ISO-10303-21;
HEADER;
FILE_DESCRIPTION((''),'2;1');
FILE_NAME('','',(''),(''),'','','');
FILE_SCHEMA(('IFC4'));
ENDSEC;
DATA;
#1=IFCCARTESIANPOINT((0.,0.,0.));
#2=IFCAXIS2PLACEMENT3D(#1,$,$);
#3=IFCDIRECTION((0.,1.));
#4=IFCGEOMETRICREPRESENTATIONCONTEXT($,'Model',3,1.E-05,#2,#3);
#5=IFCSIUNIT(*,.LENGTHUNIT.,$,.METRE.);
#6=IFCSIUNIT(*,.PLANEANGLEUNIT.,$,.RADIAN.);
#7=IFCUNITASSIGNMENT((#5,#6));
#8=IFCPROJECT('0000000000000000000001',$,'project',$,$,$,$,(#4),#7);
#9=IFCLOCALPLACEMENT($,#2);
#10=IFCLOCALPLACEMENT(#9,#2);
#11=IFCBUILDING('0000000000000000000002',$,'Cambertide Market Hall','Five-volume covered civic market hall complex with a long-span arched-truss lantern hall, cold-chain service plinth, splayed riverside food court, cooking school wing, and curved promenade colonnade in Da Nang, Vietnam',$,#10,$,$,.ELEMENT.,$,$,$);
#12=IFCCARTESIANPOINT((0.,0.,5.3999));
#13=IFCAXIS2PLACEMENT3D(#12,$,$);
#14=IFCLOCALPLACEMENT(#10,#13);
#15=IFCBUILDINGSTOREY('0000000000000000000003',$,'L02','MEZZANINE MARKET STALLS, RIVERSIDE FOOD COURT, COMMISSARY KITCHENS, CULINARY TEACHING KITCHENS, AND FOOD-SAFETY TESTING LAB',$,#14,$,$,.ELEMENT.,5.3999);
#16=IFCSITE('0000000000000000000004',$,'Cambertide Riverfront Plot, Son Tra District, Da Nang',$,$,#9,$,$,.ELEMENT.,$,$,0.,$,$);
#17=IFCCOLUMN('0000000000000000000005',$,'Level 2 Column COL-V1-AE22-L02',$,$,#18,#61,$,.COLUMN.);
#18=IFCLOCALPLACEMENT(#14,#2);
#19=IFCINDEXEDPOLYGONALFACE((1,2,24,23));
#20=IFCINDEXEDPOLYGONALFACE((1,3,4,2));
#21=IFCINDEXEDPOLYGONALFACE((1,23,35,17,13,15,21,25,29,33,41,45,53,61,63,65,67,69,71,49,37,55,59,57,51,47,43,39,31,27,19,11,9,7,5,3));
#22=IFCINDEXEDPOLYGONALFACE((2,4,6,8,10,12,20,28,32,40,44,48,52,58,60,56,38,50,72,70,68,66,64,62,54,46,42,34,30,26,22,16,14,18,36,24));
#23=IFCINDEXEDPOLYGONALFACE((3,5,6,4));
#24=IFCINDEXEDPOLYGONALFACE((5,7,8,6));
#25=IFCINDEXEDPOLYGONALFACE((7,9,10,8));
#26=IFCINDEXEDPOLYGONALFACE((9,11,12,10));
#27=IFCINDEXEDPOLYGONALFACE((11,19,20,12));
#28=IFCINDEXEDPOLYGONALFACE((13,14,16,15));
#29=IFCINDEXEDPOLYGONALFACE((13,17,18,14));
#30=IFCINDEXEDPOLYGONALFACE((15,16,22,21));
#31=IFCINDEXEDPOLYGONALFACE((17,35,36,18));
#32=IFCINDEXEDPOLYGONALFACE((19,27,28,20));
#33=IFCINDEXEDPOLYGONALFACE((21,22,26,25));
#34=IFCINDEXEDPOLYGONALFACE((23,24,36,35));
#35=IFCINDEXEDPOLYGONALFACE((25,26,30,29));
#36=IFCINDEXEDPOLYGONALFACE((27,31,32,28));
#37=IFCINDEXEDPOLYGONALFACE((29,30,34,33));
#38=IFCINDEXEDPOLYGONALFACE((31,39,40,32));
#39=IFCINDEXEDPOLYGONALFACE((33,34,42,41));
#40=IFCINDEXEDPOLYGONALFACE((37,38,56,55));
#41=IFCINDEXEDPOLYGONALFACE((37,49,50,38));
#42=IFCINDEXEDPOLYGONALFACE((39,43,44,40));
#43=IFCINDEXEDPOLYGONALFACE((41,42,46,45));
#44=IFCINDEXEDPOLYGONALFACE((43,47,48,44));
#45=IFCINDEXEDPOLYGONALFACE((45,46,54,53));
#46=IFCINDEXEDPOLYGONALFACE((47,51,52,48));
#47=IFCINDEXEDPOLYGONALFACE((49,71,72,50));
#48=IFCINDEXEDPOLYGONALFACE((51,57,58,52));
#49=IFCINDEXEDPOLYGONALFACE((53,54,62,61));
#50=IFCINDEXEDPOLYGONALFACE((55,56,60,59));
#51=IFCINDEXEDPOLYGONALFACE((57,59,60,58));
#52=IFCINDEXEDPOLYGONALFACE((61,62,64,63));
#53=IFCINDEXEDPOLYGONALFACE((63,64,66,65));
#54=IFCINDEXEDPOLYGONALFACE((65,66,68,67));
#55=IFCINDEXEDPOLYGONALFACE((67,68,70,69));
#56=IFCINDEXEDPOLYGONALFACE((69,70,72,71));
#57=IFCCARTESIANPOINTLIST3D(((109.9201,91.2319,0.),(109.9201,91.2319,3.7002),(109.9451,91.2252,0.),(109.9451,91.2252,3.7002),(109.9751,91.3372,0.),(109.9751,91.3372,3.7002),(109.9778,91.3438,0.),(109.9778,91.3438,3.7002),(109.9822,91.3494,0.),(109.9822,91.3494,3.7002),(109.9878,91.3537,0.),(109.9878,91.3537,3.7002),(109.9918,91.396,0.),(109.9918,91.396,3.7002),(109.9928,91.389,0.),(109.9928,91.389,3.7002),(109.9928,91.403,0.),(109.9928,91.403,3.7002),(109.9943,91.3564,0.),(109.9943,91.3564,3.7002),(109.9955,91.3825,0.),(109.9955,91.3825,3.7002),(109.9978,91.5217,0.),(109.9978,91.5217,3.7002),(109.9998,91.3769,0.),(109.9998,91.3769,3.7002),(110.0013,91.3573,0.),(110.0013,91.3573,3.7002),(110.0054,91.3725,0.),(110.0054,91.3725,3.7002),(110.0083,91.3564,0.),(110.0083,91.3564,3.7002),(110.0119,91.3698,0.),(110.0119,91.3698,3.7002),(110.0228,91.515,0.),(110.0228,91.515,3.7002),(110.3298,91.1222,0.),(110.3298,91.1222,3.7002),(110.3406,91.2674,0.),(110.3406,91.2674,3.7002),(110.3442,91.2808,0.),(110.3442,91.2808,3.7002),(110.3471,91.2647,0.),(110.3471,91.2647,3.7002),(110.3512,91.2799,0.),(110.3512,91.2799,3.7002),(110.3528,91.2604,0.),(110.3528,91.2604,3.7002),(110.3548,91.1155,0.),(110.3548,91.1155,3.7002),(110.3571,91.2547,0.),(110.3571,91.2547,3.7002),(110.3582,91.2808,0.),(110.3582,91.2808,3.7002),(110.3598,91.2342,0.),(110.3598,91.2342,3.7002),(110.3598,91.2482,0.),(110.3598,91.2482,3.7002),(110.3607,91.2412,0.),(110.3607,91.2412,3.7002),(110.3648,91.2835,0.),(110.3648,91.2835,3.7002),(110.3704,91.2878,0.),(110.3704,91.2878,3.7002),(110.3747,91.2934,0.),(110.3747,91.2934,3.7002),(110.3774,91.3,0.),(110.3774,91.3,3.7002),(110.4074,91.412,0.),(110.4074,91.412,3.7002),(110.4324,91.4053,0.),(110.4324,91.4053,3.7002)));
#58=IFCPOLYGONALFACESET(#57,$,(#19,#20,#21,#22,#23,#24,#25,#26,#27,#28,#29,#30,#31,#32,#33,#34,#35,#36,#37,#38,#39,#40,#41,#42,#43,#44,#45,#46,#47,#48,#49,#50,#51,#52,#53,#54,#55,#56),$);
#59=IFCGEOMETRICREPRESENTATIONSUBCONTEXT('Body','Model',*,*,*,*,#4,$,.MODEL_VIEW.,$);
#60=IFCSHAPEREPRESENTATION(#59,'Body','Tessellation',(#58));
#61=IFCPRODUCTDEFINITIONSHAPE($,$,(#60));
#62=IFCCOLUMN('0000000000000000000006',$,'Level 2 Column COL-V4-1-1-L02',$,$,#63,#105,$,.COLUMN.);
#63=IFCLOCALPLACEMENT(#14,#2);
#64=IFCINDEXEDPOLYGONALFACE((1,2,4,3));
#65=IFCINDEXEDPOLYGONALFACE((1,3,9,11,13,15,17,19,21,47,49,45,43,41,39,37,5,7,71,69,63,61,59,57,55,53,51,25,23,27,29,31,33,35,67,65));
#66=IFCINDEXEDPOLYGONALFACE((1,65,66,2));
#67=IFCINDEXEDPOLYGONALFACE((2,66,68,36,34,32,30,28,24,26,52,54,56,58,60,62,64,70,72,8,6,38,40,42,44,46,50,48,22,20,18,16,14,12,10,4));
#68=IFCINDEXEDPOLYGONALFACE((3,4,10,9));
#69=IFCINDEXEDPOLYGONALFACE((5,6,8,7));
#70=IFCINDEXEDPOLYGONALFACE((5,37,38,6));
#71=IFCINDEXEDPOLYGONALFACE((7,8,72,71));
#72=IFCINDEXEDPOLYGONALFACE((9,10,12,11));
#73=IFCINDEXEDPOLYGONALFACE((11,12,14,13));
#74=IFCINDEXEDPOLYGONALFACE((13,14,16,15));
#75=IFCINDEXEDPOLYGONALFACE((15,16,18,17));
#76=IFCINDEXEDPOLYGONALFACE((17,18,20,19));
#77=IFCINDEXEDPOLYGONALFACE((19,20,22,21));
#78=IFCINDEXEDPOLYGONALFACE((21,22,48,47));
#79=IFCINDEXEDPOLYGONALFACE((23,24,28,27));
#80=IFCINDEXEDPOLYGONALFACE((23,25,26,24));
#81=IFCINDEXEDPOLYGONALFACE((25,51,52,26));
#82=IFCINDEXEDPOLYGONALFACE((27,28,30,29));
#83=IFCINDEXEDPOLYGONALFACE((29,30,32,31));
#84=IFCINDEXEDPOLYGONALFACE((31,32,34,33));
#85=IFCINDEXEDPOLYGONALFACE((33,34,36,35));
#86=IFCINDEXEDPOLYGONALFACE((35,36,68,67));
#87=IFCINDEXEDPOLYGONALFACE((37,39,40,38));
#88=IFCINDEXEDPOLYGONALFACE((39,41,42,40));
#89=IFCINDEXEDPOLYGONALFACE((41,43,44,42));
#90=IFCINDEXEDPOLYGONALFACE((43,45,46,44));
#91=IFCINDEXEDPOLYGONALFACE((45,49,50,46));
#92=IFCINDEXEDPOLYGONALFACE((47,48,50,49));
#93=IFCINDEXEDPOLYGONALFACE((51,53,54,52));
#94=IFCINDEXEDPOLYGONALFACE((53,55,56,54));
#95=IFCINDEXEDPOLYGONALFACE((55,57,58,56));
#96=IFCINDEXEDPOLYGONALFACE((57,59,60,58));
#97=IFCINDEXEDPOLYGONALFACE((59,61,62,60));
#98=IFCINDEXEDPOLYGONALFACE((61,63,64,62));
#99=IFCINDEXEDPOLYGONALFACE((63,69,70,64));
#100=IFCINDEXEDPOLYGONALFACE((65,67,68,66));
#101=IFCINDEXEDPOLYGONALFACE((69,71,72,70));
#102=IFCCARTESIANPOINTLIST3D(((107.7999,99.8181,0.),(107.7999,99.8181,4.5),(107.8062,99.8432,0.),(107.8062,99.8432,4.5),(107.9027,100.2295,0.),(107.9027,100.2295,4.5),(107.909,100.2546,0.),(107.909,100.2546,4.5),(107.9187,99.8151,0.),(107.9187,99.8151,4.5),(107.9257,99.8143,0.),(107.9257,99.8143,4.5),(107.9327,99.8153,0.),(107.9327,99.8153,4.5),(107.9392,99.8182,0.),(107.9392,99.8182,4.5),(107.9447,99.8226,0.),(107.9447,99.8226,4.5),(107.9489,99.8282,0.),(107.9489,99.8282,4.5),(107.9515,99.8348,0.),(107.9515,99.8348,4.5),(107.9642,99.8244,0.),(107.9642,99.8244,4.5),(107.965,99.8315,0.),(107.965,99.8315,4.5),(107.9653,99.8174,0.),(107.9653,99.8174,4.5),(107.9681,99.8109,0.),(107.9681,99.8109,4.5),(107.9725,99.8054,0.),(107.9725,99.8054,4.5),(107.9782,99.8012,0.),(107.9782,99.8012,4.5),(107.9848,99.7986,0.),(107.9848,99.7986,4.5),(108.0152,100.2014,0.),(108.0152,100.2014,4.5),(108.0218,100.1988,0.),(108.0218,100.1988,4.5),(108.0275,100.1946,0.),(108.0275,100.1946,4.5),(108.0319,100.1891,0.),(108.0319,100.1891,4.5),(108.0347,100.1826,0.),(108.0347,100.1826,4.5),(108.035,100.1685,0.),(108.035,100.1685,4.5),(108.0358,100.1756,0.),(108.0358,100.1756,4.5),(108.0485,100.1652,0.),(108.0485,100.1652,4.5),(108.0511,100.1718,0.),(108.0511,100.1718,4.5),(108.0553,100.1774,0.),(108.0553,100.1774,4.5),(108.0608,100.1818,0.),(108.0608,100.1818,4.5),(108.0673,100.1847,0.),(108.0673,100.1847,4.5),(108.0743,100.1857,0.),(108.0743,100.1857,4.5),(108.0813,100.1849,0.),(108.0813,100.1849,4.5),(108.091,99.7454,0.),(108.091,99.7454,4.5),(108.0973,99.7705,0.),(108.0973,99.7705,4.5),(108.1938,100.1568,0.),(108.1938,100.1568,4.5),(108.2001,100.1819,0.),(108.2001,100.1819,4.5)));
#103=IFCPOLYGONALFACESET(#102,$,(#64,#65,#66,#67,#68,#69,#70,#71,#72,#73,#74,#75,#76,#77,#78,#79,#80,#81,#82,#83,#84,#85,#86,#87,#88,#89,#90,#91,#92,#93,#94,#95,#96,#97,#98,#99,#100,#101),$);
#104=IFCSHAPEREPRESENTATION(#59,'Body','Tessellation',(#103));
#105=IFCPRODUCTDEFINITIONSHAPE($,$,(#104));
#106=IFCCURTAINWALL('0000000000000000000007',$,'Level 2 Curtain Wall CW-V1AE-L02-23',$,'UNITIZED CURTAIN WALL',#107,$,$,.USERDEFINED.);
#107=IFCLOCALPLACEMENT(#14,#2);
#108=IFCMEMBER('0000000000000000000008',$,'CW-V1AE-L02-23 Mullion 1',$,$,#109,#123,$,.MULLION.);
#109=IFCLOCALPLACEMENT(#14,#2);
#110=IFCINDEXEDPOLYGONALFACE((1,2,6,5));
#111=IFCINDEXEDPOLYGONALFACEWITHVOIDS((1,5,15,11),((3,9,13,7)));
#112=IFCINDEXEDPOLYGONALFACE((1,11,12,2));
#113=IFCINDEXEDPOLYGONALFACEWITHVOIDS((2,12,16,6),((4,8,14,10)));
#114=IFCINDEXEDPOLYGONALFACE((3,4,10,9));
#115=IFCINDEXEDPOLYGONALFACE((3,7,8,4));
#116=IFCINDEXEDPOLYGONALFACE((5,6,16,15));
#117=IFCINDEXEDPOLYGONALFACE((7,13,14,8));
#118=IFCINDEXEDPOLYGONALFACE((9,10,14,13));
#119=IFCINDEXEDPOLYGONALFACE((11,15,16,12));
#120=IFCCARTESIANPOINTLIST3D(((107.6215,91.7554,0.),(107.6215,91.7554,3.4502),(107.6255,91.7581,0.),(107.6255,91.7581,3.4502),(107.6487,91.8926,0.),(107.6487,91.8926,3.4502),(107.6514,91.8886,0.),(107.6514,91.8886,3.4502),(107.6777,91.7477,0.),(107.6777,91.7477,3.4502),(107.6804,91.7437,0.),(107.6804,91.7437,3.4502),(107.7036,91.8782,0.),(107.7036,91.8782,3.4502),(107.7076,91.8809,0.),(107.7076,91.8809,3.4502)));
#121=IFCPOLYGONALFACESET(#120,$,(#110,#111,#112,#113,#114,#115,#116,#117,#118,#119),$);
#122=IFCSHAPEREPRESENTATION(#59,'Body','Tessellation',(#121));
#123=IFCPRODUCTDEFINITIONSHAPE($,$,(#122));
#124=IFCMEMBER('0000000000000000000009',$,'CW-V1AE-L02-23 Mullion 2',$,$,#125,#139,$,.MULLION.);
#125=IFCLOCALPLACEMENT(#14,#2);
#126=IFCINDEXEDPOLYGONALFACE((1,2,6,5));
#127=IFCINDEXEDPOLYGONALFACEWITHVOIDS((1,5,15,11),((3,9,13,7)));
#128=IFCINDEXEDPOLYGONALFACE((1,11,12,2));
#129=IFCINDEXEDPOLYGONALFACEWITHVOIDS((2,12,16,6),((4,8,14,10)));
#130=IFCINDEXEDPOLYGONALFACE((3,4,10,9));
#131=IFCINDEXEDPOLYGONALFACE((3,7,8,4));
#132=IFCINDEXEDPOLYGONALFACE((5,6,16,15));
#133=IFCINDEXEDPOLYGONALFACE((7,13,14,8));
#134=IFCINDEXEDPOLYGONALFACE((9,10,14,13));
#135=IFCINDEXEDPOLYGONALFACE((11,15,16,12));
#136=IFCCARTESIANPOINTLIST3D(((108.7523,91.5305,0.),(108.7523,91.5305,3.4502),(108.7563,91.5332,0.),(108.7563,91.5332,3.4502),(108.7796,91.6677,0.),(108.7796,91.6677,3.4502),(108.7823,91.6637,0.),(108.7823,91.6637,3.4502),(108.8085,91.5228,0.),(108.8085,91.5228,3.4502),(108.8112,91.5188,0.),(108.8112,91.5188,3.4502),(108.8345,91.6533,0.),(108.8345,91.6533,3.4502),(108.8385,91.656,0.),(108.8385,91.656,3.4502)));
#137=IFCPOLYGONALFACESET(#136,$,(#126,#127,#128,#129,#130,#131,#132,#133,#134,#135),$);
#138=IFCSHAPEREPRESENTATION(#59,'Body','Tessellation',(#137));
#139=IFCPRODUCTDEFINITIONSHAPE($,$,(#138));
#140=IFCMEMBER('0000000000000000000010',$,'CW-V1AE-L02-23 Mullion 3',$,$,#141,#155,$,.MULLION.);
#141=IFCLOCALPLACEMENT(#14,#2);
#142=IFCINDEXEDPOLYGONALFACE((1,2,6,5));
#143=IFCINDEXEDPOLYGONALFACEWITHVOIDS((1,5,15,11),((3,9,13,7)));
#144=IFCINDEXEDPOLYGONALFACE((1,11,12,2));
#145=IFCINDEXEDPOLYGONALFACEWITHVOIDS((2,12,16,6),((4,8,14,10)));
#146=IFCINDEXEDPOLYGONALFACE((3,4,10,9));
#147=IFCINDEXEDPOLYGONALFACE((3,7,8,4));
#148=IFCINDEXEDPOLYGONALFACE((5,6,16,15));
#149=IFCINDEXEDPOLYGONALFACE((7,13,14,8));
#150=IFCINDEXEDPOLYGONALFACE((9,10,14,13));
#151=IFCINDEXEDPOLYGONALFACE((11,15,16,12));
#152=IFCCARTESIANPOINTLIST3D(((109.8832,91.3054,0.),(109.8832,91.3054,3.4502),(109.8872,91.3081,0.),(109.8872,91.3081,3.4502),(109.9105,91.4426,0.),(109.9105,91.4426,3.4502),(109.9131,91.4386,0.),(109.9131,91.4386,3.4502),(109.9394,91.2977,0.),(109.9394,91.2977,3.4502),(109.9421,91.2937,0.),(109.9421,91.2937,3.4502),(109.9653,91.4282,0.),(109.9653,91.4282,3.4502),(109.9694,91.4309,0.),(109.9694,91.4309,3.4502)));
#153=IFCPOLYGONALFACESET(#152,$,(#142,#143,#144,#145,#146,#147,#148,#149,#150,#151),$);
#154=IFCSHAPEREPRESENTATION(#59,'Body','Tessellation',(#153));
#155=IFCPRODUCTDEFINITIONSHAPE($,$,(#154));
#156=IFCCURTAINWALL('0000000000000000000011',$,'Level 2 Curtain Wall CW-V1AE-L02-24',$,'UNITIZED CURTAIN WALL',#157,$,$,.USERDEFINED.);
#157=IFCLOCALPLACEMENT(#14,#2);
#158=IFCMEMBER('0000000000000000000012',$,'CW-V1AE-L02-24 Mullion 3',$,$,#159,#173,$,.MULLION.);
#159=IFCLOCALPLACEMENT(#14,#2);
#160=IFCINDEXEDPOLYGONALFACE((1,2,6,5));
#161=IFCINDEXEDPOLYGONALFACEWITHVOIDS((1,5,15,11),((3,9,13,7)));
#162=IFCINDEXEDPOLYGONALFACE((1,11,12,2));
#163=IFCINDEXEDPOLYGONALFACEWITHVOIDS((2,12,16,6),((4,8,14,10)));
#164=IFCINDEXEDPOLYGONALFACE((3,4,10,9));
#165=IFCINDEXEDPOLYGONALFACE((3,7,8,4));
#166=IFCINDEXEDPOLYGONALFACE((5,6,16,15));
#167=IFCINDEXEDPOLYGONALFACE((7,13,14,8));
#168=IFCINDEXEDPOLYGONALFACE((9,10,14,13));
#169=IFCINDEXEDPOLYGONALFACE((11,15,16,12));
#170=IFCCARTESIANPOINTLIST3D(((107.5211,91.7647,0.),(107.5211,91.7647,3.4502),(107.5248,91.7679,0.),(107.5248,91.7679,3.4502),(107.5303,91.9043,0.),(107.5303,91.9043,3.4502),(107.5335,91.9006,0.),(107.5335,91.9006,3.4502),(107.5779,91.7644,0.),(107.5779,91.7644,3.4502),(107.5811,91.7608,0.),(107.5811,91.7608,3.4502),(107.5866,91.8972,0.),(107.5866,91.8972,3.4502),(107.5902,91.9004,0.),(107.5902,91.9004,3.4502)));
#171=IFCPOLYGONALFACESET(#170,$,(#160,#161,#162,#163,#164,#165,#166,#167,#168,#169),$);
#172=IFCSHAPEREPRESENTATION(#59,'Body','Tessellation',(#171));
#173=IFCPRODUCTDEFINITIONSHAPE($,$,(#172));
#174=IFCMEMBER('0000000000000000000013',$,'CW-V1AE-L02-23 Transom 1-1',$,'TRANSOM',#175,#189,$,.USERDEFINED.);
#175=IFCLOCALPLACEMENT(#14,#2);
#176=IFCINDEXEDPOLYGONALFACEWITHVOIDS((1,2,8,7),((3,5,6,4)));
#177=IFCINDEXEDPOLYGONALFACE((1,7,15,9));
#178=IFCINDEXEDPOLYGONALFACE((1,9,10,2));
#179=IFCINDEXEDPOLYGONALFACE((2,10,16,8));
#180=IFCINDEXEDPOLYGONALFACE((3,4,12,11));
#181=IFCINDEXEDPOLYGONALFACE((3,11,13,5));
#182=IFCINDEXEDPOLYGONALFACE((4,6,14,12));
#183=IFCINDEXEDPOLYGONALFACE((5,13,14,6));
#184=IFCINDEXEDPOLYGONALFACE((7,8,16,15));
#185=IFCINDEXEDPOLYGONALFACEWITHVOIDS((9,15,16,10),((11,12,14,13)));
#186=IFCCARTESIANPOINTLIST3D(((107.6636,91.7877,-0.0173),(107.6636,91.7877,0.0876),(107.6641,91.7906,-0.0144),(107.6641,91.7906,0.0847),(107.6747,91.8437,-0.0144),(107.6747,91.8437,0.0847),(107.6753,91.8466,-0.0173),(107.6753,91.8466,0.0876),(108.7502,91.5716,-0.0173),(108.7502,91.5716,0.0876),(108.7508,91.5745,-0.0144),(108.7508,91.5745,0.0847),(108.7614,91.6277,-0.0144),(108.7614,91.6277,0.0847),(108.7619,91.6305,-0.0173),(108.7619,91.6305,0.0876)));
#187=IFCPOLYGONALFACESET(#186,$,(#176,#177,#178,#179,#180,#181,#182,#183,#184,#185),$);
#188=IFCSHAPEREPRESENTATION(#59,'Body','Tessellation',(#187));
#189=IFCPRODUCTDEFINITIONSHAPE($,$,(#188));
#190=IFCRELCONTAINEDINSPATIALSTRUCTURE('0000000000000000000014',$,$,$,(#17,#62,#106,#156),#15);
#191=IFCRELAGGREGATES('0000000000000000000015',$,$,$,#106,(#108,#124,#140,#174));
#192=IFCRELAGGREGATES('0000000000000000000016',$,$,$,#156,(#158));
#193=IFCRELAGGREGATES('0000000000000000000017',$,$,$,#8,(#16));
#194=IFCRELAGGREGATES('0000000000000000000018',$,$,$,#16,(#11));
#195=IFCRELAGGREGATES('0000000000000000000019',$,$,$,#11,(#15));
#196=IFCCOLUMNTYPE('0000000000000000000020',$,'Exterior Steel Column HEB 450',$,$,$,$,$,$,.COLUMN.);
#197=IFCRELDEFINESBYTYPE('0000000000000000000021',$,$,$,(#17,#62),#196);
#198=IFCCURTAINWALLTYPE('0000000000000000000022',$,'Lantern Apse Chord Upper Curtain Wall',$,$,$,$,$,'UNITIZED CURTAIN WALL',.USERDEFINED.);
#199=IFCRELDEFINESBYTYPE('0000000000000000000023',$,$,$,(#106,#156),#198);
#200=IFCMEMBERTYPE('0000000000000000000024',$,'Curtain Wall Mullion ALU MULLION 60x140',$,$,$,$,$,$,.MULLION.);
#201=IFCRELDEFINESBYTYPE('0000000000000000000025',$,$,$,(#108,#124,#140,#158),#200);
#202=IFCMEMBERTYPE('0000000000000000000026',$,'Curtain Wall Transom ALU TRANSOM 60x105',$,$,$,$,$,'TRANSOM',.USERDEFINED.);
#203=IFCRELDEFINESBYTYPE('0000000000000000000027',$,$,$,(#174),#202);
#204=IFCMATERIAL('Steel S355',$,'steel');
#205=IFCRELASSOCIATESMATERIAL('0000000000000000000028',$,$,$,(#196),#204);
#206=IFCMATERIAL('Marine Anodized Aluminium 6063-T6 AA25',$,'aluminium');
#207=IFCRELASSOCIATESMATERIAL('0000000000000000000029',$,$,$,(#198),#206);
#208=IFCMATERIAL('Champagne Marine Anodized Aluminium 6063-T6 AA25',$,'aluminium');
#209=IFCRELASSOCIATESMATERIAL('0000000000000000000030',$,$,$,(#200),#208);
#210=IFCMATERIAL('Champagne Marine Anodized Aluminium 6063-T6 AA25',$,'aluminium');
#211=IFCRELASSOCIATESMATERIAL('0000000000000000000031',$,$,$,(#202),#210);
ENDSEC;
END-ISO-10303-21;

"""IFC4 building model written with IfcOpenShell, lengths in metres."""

from ifc_helpers import new_model, si_unit, direction, frame, origin, origin_2d, place, context, subcontext, project, spatial, hollow_rectangle, i_section, extrude, material, material_profile, profile_set, type_object, element, aggregate, save


model = new_model("IFC4")

# Units and contexts
model_context = context("Model", 3, precision=1e-05, world=origin(), true_north=direction((0.0, 1.0)))
body_context = subcontext(model_context, "Body", "Model", "MODEL_VIEW")
ifc_project = project(units=[si_unit("LENGTHUNIT", "METRE"), si_unit("PLANEANGLEUNIT", "RADIAN")], contexts=[model_context])

# Site, building, storey
site_placement = place(None, origin())
site = spatial("IfcSite", under=ifc_project, at=site_placement, Name="Cambertide Riverfront Plot, Son Tra District, Da Nang", CompositionType="ELEMENT", RefElevation=0.0)
building_placement = place(site_placement, origin())
building = spatial("IfcBuilding", under=site, at=building_placement, Name="Cambertide Market Hall", Description="Five-volume covered civic market hall complex with a long-span arched-truss lantern hall, cold-chain service plinth, splayed riverside food court, cooking school wing, and curved promenade colonnade in Da Nang, Vietnam", CompositionType="ELEMENT")
storey_placement = place(building_placement, frame((0.0, 0.0, 5.3999)))
storey = spatial("IfcBuildingStorey", under=building, at=storey_placement, Name="L02", Description="MEZZANINE MARKET STALLS, RIVERSIDE FOOD COURT, COMMISSARY KITCHENS, CULINARY TEACHING KITCHENS, AND FOOD-SAFETY TESTING LAB", CompositionType="ELEMENT", Elevation=5.3999)

# Columns
ifc_material_1 = material(Name="Steel S355", Category="steel")
ifc_material_profile_1 = material_profile(ifc_material_1, i_section(OverallWidth=0.3, OverallDepth=0.45, WebThickness=0.0139, FlangeThickness=0.0259, FilletRadius=0.0271, at=origin_2d()), Name="HEB 450")
ifc_profile_set_1 = profile_set([ifc_material_profile_1], Name="Steel S355")
column_type = type_object("IfcColumnType", Name="Exterior Steel Column HEB 450", PredefinedType="COLUMN", material=ifc_profile_set_1)
column_1_placement = place(storey_placement, frame((110.1763, 91.3186, 0.0), z_axis=(0.0, 0.0, 1.0), x_axis=(0.258819, 0.965926, 0.0)))
element("IfcColumn", 1, at=column_1_placement, inside=storey, type_object=column_type, Name="Level 2 Column COL-V1-AE22-L02", PredefinedType="COLUMN", context=body_context, shape_type="SweptSolid", body=[
    extrude(i_section(OverallWidth=0.3, OverallDepth=0.45, WebThickness=0.0139, FlangeThickness=0.0259, FilletRadius=0.0271, at=origin_2d()), origin(), (0.0, 0.0, 1.0), 3.7002),
])
column_2_placement = place(storey_placement, frame((108.0, 100.0, 0.0), z_axis=(0.0, 0.0, 1.0), x_axis=(0.970143, -0.242536, 0.0)))
element("IfcColumn", 2, at=column_2_placement, inside=storey, type_object=column_type, Name="Level 2 Column COL-V4-1-1-L02", PredefinedType="COLUMN", context=body_context, shape_type="SweptSolid", body=[
    extrude(i_section(OverallWidth=0.3, OverallDepth=0.45, WebThickness=0.0139, FlangeThickness=0.0259, FilletRadius=0.0271, at=origin_2d()), origin(), (0.0, 0.0, 1.0), 4.5),
])

# Curtain wall, members
ifc_material_2 = material(Name="Marine Anodized Aluminium 6063-T6 AA25", Category="aluminium")
curtain_wall_type = type_object("IfcCurtainWallType", Name="Lantern Apse Chord Upper Curtain Wall", ElementType="UNITIZED CURTAIN WALL", PredefinedType="USERDEFINED", material=ifc_material_2)
curtain_wall_1_placement = place(storey_placement, origin())
curtain_wall_1 = element("IfcCurtainWall", 3, at=curtain_wall_1_placement, inside=storey, type_object=curtain_wall_type, Name="Level 2 Curtain Wall CW-V1AE-L02-23", ObjectType="UNITIZED CURTAIN WALL", PredefinedType="USERDEFINED")
ifc_material_3 = material(Name="Champagne Marine Anodized Aluminium 6063-T6 AA25", Category="aluminium")
ifc_material_profile_2 = material_profile(ifc_material_3, hollow_rectangle(XDim=0.0601, YDim=0.1399, WallThickness=0.0034, at=origin_2d()), Name="ALU MULLION 60x140")
ifc_profile_set_2 = profile_set([ifc_material_profile_2], Name="Champagne Marine Anodized Aluminium 6063-T6 AA25")
member_type_1 = type_object("IfcMemberType", Name="Curtain Wall Mullion ALU MULLION 60x140", PredefinedType="MULLION", material=ifc_profile_set_2)
member_1_placement = place(storey_placement, frame((107.6646, 91.8181, 0.0), z_axis=(0.0, 0.0, 1.0), x_axis=(0.980785, -0.19509, 0.0)))
member_1 = element("IfcMember", 4, at=member_1_placement, type_object=member_type_1, Name="CW-V1AE-L02-23 Mullion 1", PredefinedType="MULLION", context=body_context, shape_type="SweptSolid", body=[
    extrude(hollow_rectangle(XDim=0.0601, YDim=0.1399, WallThickness=0.0034, at=origin_2d()), origin(), (0.0, 0.0, 1.0), 3.4502),
])
member_2_placement = place(storey_placement, frame((108.7954, 91.5933, 0.0), z_axis=(0.0, 0.0, 1.0), x_axis=(0.980785, -0.19509, 0.0)))
member_2 = element("IfcMember", 5, at=member_2_placement, type_object=member_type_1, Name="CW-V1AE-L02-23 Mullion 2", PredefinedType="MULLION", context=body_context, shape_type="SweptSolid", body=[
    extrude(hollow_rectangle(XDim=0.0601, YDim=0.1399, WallThickness=0.0034, at=origin_2d()), origin(), (0.0, 0.0, 1.0), 3.4502),
])
member_3_placement = place(storey_placement, frame((109.9263, 91.3682, 0.0), z_axis=(0.0, 0.0, 1.0), x_axis=(0.980785, -0.19509, 0.0)))
member_3 = element("IfcMember", 6, at=member_3_placement, type_object=member_type_1, Name="CW-V1AE-L02-23 Mullion 3", PredefinedType="MULLION", context=body_context, shape_type="SweptSolid", body=[
    extrude(hollow_rectangle(XDim=0.0601, YDim=0.1399, WallThickness=0.0034, at=origin_2d()), origin(), (0.0, 0.0, 1.0), 3.4502),
])

# Curtain wall, member
curtain_wall_2_placement = place(storey_placement, origin())
curtain_wall_2 = element("IfcCurtainWall", 7, at=curtain_wall_2_placement, inside=storey, type_object=curtain_wall_type, Name="Level 2 Curtain Wall CW-V1AE-L02-24", ObjectType="UNITIZED CURTAIN WALL", PredefinedType="USERDEFINED")
member_4_placement = place(storey_placement, frame((107.5557, 91.8325, 0.0), z_axis=(0.0, 0.0, 1.0), x_axis=(0.997859, -0.065403, 0.0)))
member_4 = element("IfcMember", 8, at=member_4_placement, type_object=member_type_1, Name="CW-V1AE-L02-24 Mullion 3", PredefinedType="MULLION", context=body_context, shape_type="SweptSolid", body=[
    extrude(hollow_rectangle(XDim=0.0601, YDim=0.1399, WallThickness=0.0034, at=origin_2d()), origin(), (0.0, 0.0, 1.0), 3.4502),
])

# Member
ifc_material_4 = material(Name="Champagne Marine Anodized Aluminium 6063-T6 AA25", Category="aluminium")
ifc_material_profile_3 = material_profile(ifc_material_4, hollow_rectangle(XDim=0.0601, YDim=0.105, WallThickness=0.0029, at=origin_2d()), Name="ALU TRANSOM 60x105")
ifc_profile_set_3 = profile_set([ifc_material_profile_3], Name="Champagne Marine Anodized Aluminium 6063-T6 AA25")
member_type_2 = type_object("IfcMemberType", Name="Curtain Wall Transom ALU TRANSOM 60x105", ElementType="TRANSOM", PredefinedType="USERDEFINED", material=ifc_profile_set_3)
member_5_placement = place(storey_placement, frame((107.6694, 91.8171, 0.0352), z_axis=(0.9808, -0.195014, 0.0), x_axis=(0.195014, 0.9808, 0.0)))
member_5 = element("IfcMember", 9, at=member_5_placement, type_object=member_type_2, Name="CW-V1AE-L02-23 Transom 1-1", ObjectType="TRANSOM", PredefinedType="USERDEFINED", context=body_context, shape_type="SweptSolid", body=[
    extrude(hollow_rectangle(XDim=0.0601, YDim=0.105, WallThickness=0.0029, at=origin_2d()), origin(), (0.0, 0.0, 1.0), 1.1079),
])

aggregate(curtain_wall_1, [member_1, member_2, member_3, member_5])
aggregate(curtain_wall_2, [member_4])

save(model, "model.ifc")
